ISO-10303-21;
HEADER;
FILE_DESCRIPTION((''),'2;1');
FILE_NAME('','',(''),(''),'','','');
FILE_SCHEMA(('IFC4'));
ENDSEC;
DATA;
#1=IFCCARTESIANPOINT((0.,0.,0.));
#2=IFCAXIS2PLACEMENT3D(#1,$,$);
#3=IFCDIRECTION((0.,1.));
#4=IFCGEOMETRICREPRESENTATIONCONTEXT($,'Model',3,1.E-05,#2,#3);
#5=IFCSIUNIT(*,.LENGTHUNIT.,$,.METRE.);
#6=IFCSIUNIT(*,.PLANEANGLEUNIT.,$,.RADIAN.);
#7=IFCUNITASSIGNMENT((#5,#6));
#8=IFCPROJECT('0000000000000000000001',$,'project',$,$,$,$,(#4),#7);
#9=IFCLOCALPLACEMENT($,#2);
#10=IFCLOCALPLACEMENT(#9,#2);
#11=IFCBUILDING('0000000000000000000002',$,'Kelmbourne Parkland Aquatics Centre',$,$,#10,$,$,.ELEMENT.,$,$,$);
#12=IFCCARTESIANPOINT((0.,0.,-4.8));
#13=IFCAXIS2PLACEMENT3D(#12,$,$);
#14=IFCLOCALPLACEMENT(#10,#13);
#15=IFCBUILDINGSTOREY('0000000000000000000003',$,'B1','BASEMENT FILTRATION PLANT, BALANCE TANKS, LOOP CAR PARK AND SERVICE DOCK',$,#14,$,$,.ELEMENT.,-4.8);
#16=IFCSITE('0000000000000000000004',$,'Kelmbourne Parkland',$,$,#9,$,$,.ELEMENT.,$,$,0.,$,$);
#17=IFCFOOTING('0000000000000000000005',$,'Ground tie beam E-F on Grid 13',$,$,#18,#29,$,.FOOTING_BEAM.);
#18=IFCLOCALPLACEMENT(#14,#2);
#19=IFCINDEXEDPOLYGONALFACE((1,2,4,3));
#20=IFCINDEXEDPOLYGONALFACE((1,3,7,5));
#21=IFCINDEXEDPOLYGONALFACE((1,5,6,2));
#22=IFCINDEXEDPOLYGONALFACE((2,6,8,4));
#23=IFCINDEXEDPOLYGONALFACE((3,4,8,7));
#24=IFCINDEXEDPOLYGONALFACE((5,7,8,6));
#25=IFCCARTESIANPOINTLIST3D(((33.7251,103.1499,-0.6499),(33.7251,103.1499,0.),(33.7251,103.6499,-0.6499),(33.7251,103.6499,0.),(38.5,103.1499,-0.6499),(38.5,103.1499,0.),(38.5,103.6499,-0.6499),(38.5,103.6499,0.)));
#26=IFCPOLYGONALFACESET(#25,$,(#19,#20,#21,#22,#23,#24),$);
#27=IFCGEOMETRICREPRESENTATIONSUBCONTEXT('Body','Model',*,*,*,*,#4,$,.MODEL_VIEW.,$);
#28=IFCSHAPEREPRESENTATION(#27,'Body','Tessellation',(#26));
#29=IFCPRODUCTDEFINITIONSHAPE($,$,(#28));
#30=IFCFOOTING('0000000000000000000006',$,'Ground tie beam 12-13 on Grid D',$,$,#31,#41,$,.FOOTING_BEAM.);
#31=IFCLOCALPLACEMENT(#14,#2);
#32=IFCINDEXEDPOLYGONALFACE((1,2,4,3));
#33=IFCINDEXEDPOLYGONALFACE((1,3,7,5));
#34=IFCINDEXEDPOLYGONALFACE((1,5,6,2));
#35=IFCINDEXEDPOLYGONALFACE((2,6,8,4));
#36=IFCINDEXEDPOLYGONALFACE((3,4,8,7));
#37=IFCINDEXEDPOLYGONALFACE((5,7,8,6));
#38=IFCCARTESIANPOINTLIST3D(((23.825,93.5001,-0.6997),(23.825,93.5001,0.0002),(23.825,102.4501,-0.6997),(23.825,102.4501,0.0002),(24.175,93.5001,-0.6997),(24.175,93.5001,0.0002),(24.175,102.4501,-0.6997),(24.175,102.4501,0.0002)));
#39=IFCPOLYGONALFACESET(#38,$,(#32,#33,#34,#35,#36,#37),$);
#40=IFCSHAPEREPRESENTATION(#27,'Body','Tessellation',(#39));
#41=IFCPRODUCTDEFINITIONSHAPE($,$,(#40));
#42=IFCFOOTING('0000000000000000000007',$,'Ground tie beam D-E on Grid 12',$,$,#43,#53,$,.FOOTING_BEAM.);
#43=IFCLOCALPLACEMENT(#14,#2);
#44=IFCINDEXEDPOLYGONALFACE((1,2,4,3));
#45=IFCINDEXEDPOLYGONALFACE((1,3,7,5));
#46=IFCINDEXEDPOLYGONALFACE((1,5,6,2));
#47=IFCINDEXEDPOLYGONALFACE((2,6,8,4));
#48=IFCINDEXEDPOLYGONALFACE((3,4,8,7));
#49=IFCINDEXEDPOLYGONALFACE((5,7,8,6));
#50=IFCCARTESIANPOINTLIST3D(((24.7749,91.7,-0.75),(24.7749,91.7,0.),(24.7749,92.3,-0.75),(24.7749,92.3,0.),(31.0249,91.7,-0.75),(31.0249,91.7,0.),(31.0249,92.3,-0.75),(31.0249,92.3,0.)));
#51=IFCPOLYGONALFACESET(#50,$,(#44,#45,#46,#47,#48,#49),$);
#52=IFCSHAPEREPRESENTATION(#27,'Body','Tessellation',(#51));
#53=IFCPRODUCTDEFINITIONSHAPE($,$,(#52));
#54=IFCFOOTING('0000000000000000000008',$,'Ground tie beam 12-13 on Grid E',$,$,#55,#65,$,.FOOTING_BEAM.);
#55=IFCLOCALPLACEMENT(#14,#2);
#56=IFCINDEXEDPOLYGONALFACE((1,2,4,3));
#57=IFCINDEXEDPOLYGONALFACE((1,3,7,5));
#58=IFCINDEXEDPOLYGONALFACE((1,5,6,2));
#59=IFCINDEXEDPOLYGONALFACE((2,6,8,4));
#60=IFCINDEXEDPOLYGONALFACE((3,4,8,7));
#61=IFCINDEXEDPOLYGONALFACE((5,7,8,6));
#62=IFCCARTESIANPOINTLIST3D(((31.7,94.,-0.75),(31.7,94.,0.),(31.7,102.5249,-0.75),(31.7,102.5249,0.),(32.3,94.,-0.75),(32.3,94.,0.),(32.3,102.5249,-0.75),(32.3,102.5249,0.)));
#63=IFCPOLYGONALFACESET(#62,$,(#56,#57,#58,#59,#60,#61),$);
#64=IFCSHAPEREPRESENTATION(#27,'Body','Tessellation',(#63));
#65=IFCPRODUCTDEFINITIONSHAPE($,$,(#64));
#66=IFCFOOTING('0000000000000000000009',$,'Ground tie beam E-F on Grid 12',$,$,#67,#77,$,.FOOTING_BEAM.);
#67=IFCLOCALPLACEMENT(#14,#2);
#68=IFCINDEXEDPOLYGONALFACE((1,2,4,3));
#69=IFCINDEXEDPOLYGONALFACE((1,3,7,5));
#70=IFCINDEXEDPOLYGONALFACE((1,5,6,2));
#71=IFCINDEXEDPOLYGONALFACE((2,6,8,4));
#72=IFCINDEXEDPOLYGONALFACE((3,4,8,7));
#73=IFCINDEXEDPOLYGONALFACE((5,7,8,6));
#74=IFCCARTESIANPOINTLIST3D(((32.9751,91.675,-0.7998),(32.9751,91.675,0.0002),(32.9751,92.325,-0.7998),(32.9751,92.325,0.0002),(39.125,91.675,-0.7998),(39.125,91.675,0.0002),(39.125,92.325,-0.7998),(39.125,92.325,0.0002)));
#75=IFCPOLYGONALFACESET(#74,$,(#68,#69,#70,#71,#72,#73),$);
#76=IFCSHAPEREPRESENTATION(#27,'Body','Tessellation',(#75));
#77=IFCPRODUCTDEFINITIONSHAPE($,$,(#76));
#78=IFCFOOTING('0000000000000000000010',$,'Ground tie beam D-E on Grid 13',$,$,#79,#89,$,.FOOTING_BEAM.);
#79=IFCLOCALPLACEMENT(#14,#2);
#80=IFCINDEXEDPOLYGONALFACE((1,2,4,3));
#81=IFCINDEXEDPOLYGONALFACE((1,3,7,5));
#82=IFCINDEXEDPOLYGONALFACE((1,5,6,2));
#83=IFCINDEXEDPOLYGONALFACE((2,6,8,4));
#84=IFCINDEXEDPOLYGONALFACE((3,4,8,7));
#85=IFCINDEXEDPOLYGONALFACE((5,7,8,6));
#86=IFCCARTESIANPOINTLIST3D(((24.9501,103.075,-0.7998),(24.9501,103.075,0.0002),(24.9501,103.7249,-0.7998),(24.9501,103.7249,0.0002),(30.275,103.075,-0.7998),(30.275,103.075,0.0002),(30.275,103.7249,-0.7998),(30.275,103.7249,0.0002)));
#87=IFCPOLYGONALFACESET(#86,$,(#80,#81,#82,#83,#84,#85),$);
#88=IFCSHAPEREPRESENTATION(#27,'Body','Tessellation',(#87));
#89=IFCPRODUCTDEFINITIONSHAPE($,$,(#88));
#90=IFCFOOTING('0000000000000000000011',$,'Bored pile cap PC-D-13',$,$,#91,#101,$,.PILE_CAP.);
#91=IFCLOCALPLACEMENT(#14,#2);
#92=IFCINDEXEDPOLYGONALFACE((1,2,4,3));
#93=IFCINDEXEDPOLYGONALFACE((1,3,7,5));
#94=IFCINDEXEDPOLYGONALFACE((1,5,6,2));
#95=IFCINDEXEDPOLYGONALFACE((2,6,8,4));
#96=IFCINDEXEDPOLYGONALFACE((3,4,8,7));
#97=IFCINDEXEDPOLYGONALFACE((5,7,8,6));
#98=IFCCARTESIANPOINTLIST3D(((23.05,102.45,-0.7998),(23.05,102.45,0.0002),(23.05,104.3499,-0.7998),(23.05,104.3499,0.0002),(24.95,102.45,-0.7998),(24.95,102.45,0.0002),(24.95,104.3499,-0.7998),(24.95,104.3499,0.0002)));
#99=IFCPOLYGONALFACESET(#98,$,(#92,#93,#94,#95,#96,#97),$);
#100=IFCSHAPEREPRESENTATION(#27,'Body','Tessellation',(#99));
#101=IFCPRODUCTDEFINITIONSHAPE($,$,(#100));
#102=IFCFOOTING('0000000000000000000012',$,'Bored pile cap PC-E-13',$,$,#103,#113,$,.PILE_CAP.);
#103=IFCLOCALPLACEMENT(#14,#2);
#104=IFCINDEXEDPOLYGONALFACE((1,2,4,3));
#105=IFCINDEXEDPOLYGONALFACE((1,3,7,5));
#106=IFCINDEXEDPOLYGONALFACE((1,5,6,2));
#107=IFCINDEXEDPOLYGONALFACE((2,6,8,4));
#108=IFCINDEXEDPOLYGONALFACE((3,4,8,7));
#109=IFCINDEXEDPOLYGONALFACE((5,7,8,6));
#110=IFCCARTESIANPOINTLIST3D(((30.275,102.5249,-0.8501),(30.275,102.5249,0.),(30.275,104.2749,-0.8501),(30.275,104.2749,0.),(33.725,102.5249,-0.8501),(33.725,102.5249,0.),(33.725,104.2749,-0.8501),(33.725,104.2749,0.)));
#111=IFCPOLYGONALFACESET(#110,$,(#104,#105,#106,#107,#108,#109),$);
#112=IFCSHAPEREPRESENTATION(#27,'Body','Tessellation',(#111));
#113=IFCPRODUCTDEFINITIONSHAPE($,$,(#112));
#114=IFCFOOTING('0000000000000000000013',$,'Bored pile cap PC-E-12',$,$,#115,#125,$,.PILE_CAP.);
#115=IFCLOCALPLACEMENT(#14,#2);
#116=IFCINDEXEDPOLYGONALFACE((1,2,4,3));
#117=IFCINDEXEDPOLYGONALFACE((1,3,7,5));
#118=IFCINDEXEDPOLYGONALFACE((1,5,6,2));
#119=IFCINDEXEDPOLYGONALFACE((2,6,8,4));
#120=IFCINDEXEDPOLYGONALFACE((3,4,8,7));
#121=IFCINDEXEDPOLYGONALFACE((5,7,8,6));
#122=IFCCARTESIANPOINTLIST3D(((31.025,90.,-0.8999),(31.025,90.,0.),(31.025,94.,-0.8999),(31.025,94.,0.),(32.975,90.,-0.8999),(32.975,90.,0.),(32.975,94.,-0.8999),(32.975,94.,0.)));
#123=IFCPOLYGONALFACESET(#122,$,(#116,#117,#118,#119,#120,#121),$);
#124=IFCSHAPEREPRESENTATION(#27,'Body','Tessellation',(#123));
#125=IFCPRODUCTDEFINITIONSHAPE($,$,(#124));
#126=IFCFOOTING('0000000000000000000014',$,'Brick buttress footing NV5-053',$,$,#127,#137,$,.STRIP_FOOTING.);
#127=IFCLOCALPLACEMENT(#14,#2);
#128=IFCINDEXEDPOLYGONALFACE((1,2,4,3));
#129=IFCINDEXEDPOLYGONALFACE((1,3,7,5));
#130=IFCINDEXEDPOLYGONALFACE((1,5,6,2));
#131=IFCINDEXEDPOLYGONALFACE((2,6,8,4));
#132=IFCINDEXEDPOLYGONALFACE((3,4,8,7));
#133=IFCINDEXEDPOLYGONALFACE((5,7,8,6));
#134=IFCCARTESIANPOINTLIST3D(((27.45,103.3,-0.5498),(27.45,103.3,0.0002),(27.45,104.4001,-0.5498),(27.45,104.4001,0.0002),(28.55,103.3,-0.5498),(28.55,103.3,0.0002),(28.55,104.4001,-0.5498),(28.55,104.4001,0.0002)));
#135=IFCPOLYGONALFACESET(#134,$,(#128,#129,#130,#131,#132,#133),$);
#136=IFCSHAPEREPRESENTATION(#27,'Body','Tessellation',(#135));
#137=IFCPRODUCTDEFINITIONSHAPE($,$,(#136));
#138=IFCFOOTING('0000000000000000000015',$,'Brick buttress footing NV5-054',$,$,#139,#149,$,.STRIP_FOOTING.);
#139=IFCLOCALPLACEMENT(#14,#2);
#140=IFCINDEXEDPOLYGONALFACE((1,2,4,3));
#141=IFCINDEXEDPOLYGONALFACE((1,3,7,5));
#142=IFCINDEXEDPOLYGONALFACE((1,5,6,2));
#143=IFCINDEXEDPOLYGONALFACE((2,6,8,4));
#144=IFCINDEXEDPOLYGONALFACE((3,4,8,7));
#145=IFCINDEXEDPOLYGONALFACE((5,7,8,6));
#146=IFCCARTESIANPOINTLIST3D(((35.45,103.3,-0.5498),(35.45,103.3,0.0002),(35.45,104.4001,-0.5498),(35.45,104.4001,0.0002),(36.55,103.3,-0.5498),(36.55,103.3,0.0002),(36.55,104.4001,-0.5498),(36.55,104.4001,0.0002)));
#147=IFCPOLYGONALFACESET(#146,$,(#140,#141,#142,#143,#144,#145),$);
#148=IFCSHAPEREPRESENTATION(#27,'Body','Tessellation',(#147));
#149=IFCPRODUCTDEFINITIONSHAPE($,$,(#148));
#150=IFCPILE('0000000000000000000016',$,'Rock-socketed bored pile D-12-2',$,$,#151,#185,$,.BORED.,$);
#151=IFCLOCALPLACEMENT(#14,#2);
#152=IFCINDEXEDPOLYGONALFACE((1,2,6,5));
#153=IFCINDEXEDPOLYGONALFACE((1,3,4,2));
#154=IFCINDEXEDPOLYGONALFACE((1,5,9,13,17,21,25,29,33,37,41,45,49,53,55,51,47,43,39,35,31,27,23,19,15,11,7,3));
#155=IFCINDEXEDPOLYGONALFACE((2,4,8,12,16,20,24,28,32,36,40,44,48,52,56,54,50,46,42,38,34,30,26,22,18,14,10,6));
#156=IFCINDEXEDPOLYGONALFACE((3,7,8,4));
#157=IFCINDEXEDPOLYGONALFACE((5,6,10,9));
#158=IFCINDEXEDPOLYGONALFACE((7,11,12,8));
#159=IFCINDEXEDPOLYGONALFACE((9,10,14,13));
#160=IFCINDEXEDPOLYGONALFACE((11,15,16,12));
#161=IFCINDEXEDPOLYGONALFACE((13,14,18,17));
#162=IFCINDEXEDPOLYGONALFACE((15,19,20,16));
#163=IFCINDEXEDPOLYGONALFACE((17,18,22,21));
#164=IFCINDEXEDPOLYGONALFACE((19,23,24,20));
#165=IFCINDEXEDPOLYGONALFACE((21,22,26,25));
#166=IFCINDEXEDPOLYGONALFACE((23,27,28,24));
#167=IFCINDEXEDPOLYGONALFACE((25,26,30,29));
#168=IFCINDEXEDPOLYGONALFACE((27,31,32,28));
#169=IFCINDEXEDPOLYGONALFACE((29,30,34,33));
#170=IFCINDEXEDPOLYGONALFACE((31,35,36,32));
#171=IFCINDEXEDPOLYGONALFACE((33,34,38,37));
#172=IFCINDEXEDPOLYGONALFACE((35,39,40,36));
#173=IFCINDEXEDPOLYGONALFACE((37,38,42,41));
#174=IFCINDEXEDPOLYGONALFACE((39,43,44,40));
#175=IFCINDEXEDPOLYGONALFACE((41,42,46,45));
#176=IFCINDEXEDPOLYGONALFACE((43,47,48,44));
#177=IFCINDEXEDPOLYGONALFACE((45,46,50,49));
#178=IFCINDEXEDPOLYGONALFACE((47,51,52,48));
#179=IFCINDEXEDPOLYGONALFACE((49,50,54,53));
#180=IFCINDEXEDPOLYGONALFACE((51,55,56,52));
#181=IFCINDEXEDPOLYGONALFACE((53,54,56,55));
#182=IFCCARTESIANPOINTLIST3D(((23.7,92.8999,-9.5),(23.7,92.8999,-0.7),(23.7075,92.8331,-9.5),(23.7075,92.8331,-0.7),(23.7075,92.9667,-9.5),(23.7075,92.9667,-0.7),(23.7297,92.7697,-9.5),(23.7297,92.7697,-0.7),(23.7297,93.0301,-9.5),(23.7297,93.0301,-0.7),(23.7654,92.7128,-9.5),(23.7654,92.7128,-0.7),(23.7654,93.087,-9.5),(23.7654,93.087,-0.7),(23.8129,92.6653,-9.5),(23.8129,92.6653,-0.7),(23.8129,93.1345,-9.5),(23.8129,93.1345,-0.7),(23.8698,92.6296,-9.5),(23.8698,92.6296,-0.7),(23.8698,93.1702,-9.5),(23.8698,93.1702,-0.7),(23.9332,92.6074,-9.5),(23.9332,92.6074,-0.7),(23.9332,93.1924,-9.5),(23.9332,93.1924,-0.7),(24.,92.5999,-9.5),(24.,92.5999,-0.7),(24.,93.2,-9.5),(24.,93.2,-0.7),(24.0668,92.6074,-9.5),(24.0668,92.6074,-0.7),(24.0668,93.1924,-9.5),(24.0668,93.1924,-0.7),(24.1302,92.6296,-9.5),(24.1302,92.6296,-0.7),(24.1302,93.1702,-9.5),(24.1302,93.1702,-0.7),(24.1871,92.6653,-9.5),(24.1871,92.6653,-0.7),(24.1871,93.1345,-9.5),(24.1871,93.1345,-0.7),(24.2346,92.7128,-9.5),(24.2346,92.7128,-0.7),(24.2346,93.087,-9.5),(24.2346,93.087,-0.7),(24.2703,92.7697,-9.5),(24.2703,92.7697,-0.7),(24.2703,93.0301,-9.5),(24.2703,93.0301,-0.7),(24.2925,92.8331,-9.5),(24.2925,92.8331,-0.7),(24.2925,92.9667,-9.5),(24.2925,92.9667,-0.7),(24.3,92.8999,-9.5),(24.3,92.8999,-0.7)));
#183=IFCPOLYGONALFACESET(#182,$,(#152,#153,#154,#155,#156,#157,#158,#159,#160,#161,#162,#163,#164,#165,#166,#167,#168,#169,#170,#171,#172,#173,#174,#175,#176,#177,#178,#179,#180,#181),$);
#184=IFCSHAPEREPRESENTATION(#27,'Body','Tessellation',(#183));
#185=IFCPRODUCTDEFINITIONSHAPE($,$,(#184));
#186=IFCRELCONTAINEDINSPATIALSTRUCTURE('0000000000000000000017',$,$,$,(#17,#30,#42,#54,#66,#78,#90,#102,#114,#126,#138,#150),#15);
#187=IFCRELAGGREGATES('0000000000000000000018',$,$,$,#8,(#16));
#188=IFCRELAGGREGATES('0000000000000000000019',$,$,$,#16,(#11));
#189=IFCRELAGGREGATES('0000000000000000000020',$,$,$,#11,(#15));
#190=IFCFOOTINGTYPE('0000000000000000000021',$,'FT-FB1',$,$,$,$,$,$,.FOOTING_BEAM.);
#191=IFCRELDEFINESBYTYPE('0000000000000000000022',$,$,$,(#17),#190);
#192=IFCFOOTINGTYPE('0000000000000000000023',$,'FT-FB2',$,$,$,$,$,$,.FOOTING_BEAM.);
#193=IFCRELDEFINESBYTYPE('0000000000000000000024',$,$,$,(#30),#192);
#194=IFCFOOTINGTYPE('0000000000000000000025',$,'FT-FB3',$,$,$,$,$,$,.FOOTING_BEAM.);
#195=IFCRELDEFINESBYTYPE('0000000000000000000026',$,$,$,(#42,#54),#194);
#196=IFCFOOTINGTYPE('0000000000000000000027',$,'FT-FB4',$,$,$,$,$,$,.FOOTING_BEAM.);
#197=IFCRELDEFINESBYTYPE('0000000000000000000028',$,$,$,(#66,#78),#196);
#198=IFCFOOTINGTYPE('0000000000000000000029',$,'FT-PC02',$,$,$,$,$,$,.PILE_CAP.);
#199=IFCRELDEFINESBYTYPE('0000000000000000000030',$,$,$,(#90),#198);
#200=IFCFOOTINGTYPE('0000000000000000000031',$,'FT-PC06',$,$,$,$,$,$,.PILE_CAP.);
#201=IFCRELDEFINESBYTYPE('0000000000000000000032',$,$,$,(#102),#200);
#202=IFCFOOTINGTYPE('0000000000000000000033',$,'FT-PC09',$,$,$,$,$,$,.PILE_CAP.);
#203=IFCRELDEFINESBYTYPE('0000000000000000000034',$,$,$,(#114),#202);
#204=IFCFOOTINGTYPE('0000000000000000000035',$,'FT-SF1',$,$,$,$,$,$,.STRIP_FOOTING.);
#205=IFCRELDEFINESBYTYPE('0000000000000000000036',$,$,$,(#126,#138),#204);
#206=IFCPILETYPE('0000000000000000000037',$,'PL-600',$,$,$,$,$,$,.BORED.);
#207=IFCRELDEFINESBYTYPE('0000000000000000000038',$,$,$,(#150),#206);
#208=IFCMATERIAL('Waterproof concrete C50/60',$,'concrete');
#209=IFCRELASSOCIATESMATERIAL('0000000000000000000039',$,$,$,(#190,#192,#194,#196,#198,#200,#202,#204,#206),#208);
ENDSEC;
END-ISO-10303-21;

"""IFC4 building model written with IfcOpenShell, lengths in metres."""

from ifc_helpers import new_model, si_unit, direction, frame, origin, origin_2d, place, context, subcontext, project, spatial, rectangle, circle, extrude, material, material_profile, profile_set, type_object, element, save


model = new_model("IFC4")

# Units and contexts
model_context = context("Model", 3, precision=1e-05, world=origin(), true_north=direction((0.0, 1.0)))
body_context = subcontext(model_context, "Body", "Model", "MODEL_VIEW")
ifc_project = project(units=[si_unit("LENGTHUNIT", "METRE"), si_unit("PLANEANGLEUNIT", "RADIAN")], contexts=[model_context])

# Site, building, storey
site_placement = place(None, origin())
site = spatial("IfcSite", under=ifc_project, at=site_placement, Name="Kelmbourne Parkland", CompositionType="ELEMENT", RefElevation=0.0)
building_placement = place(site_placement, origin())
building = spatial("IfcBuilding", under=site, at=building_placement, Name="Kelmbourne Parkland Aquatics Centre", CompositionType="ELEMENT")
storey_placement = place(building_placement, frame((0.0, 0.0, -4.8)))
storey = spatial("IfcBuildingStorey", under=building, at=storey_placement, Name="B1", Description="BASEMENT FILTRATION PLANT, BALANCE TANKS, LOOP CAR PARK AND SERVICE DOCK", CompositionType="ELEMENT", Elevation=-4.8)

# Footings
ifc_material_1 = material(Name="Waterproof concrete C50/60", Category="concrete")
footing_type_1 = type_object("IfcFootingType", Name="FT-FB1", PredefinedType="FOOTING_BEAM", material=ifc_material_1)
footing_1_placement = place(storey_placement, frame((36.1125, 103.3999, -0.6499), z_axis=(0.0, 0.0, 1.0), x_axis=(1.0, 0.0, 0.0)))
element("IfcFooting", 1, at=footing_1_placement, inside=storey, type_object=footing_type_1, Name="Ground tie beam E-F on Grid 13", PredefinedType="FOOTING_BEAM", context=body_context, shape_type="SweptSolid", body=[
    extrude(rectangle(XDim=4.7749, YDim=0.5, at=origin_2d()), origin(), (0.0, 0.0, 1.0), 0.6499),
])
footing_type_2 = type_object("IfcFootingType", Name="FT-FB2", PredefinedType="FOOTING_BEAM", material=ifc_material_1)
footing_2_placement = place(storey_placement, frame((24.0, 97.9751, -0.6997), z_axis=(0.0, 0.0, 1.0), x_axis=(0.0, 1.0, 0.0)))
element("IfcFooting", 2, at=footing_2_placement, inside=storey, type_object=footing_type_2, Name="Ground tie beam 12-13 on Grid D", PredefinedType="FOOTING_BEAM", context=body_context, shape_type="SweptSolid", body=[
    extrude(rectangle(XDim=8.95, YDim=0.3501, at=origin_2d()), origin(), (0.0, 0.0, 1.0), 0.7),
])
footing_type_3 = type_object("IfcFootingType", Name="FT-FB3", PredefinedType="FOOTING_BEAM", material=ifc_material_1)
footing_3_placement = place(storey_placement, frame((27.8999, 92.0, -0.75), z_axis=(0.0, 0.0, 1.0), x_axis=(1.0, 0.0, 0.0)))
element("IfcFooting", 3, at=footing_3_placement, inside=storey, type_object=footing_type_3, Name="Ground tie beam D-E on Grid 12", PredefinedType="FOOTING_BEAM", context=body_context, shape_type="SweptSolid", body=[
    extrude(rectangle(XDim=6.25, YDim=0.6001, at=origin_2d()), origin(), (0.0, 0.0, 1.0), 0.75),
])
footing_4_placement = place(storey_placement, frame((32.0, 98.2625, -0.75), z_axis=(0.0, 0.0, 1.0), x_axis=(0.0, 1.0, 0.0)))
element("IfcFooting", 4, at=footing_4_placement, inside=storey, type_object=footing_type_3, Name="Ground tie beam 12-13 on Grid E", PredefinedType="FOOTING_BEAM", context=body_context, shape_type="SweptSolid", body=[
    extrude(rectangle(XDim=8.5249, YDim=0.6001, at=origin_2d()), origin(), (0.0, 0.0, 1.0), 0.75),
])
footing_type_4 = type_object("IfcFootingType", Name="FT-FB4", PredefinedType="FOOTING_BEAM", material=ifc_material_1)
footing_5_placement = place(storey_placement, frame((36.05, 92.0, -0.7998), z_axis=(0.0, 0.0, 1.0), x_axis=(1.0, 0.0, 0.0)))
element("IfcFooting", 5, at=footing_5_placement, inside=storey, type_object=footing_type_4, Name="Ground tie beam E-F on Grid 12", PredefinedType="FOOTING_BEAM", context=body_context, shape_type="SweptSolid", body=[
    extrude(rectangle(XDim=6.1499, YDim=0.6499, at=origin_2d()), origin(), (0.0, 0.0, 1.0), 0.8),
])
footing_6_placement = place(storey_placement, frame((27.6125, 103.3999, -0.7998), z_axis=(0.0, 0.0, 1.0), x_axis=(1.0, 0.0, 0.0)))
element("IfcFooting", 6, at=footing_6_placement, inside=storey, type_object=footing_type_4, Name="Ground tie beam D-E on Grid 13", PredefinedType="FOOTING_BEAM", context=body_context, shape_type="SweptSolid", body=[
    extrude(rectangle(XDim=5.325, YDim=0.6499, at=origin_2d()), origin(), (0.0, 0.0, 1.0), 0.8),
])
footing_type_5 = type_object("IfcFootingType", Name="FT-PC02", PredefinedType="PILE_CAP", material=ifc_material_1)
footing_7_placement = place(storey_placement, frame((24.0, 103.3999, -0.7998), z_axis=(0.0, 0.0, 1.0), x_axis=(1.0, 0.0, 0.0)))
element("IfcFooting", 7, at=footing_7_placement, inside=storey, type_object=footing_type_5, Name="Bored pile cap PC-D-13", PredefinedType="PILE_CAP", context=body_context, shape_type="SweptSolid", body=[
    extrude(rectangle(XDim=1.8999, YDim=1.8999, at=origin_2d()), origin(), (0.0, 0.0, 1.0), 0.8),
])
footing_type_6 = type_object("IfcFootingType", Name="FT-PC06", PredefinedType="PILE_CAP", material=ifc_material_1)
footing_8_placement = place(storey_placement, frame((32.0, 103.3999, -0.8501), z_axis=(0.0, 0.0, 1.0), x_axis=(1.0, 0.0, 0.0)))
element("IfcFooting", 8, at=footing_8_placement, inside=storey, type_object=footing_type_6, Name="Bored pile cap PC-E-13", PredefinedType="PILE_CAP", context=body_context, shape_type="SweptSolid", body=[
    extrude(rectangle(XDim=3.45, YDim=1.75, at=origin_2d()), origin(), (0.0, 0.0, 1.0), 0.8501),
])
footing_type_7 = type_object("IfcFootingType", Name="FT-PC09", PredefinedType="PILE_CAP", material=ifc_material_1)
footing_9_placement = place(storey_placement, frame((32.0, 92.0, -0.8999), z_axis=(0.0, 0.0, 1.0), x_axis=(1.0, 0.0, 0.0)))
element("IfcFooting", 9, at=footing_9_placement, inside=storey, type_object=footing_type_7, Name="Bored pile cap PC-E-12", PredefinedType="PILE_CAP", context=body_context, shape_type="SweptSolid", body=[
    extrude(rectangle(XDim=1.95, YDim=4.0, at=origin_2d()), origin(), (0.0, 0.0, 1.0), 0.8999),
])
footing_type_8 = type_object("IfcFootingType", Name="FT-SF1", PredefinedType="STRIP_FOOTING", material=ifc_material_1)
for number, where, z_axis, x_axis, name in (
    (10, (28.0, 103.8501, -0.5498), (0.0, 0.0, 1.0), (1.0, 0.0, 0.0), "Brick buttress footing NV5-053"),
    (11, (36.0, 103.8501, -0.5498), (0.0, 0.0, 1.0), (1.0, 0.0, 0.0), "Brick buttress footing NV5-054"),
):
    element("IfcFooting", number, at=place(storey_placement, frame(where, z_axis=z_axis, x_axis=x_axis)), inside=storey, type_object=footing_type_8, Name=name, PredefinedType="STRIP_FOOTING", context=body_context, shape_type="SweptSolid", body=[
        extrude(rectangle(XDim=1.1001, YDim=1.1001, at=origin_2d()), origin(), (0.0, 0.0, 1.0), 0.55),
    ])

# Pile
ifc_material_profile_1 = material_profile(ifc_material_1, circle(Radius=0.3, at=origin_2d()), Name="PILE D600")
ifc_profile_set_1 = profile_set([ifc_material_profile_1], Name="Waterproof concrete C50/60")
pile_type_1 = type_object("IfcPileType", Name="PL-600", PredefinedType="BORED", material=ifc_profile_set_1)
for number, where, z_axis, x_axis, name in (
    (12, (24.0, 92.8999, -0.7), (0.0, 0.0, -1.0), (1.0, 0.0, 0.0), "Rock-socketed bored pile D-12-2"),
):
    element("IfcPile", number, at=place(storey_placement, frame(where, z_axis=z_axis, x_axis=x_axis)), inside=storey, type_object=pile_type_1, Name=name, PredefinedType="BORED", context=body_context, shape_type="SweptSolid", body=[
        extrude(circle(Radius=0.3, at=origin_2d()), origin(), (0.0, 0.0, 1.0), 8.8),
    ])

save(model, "model.ifc")
